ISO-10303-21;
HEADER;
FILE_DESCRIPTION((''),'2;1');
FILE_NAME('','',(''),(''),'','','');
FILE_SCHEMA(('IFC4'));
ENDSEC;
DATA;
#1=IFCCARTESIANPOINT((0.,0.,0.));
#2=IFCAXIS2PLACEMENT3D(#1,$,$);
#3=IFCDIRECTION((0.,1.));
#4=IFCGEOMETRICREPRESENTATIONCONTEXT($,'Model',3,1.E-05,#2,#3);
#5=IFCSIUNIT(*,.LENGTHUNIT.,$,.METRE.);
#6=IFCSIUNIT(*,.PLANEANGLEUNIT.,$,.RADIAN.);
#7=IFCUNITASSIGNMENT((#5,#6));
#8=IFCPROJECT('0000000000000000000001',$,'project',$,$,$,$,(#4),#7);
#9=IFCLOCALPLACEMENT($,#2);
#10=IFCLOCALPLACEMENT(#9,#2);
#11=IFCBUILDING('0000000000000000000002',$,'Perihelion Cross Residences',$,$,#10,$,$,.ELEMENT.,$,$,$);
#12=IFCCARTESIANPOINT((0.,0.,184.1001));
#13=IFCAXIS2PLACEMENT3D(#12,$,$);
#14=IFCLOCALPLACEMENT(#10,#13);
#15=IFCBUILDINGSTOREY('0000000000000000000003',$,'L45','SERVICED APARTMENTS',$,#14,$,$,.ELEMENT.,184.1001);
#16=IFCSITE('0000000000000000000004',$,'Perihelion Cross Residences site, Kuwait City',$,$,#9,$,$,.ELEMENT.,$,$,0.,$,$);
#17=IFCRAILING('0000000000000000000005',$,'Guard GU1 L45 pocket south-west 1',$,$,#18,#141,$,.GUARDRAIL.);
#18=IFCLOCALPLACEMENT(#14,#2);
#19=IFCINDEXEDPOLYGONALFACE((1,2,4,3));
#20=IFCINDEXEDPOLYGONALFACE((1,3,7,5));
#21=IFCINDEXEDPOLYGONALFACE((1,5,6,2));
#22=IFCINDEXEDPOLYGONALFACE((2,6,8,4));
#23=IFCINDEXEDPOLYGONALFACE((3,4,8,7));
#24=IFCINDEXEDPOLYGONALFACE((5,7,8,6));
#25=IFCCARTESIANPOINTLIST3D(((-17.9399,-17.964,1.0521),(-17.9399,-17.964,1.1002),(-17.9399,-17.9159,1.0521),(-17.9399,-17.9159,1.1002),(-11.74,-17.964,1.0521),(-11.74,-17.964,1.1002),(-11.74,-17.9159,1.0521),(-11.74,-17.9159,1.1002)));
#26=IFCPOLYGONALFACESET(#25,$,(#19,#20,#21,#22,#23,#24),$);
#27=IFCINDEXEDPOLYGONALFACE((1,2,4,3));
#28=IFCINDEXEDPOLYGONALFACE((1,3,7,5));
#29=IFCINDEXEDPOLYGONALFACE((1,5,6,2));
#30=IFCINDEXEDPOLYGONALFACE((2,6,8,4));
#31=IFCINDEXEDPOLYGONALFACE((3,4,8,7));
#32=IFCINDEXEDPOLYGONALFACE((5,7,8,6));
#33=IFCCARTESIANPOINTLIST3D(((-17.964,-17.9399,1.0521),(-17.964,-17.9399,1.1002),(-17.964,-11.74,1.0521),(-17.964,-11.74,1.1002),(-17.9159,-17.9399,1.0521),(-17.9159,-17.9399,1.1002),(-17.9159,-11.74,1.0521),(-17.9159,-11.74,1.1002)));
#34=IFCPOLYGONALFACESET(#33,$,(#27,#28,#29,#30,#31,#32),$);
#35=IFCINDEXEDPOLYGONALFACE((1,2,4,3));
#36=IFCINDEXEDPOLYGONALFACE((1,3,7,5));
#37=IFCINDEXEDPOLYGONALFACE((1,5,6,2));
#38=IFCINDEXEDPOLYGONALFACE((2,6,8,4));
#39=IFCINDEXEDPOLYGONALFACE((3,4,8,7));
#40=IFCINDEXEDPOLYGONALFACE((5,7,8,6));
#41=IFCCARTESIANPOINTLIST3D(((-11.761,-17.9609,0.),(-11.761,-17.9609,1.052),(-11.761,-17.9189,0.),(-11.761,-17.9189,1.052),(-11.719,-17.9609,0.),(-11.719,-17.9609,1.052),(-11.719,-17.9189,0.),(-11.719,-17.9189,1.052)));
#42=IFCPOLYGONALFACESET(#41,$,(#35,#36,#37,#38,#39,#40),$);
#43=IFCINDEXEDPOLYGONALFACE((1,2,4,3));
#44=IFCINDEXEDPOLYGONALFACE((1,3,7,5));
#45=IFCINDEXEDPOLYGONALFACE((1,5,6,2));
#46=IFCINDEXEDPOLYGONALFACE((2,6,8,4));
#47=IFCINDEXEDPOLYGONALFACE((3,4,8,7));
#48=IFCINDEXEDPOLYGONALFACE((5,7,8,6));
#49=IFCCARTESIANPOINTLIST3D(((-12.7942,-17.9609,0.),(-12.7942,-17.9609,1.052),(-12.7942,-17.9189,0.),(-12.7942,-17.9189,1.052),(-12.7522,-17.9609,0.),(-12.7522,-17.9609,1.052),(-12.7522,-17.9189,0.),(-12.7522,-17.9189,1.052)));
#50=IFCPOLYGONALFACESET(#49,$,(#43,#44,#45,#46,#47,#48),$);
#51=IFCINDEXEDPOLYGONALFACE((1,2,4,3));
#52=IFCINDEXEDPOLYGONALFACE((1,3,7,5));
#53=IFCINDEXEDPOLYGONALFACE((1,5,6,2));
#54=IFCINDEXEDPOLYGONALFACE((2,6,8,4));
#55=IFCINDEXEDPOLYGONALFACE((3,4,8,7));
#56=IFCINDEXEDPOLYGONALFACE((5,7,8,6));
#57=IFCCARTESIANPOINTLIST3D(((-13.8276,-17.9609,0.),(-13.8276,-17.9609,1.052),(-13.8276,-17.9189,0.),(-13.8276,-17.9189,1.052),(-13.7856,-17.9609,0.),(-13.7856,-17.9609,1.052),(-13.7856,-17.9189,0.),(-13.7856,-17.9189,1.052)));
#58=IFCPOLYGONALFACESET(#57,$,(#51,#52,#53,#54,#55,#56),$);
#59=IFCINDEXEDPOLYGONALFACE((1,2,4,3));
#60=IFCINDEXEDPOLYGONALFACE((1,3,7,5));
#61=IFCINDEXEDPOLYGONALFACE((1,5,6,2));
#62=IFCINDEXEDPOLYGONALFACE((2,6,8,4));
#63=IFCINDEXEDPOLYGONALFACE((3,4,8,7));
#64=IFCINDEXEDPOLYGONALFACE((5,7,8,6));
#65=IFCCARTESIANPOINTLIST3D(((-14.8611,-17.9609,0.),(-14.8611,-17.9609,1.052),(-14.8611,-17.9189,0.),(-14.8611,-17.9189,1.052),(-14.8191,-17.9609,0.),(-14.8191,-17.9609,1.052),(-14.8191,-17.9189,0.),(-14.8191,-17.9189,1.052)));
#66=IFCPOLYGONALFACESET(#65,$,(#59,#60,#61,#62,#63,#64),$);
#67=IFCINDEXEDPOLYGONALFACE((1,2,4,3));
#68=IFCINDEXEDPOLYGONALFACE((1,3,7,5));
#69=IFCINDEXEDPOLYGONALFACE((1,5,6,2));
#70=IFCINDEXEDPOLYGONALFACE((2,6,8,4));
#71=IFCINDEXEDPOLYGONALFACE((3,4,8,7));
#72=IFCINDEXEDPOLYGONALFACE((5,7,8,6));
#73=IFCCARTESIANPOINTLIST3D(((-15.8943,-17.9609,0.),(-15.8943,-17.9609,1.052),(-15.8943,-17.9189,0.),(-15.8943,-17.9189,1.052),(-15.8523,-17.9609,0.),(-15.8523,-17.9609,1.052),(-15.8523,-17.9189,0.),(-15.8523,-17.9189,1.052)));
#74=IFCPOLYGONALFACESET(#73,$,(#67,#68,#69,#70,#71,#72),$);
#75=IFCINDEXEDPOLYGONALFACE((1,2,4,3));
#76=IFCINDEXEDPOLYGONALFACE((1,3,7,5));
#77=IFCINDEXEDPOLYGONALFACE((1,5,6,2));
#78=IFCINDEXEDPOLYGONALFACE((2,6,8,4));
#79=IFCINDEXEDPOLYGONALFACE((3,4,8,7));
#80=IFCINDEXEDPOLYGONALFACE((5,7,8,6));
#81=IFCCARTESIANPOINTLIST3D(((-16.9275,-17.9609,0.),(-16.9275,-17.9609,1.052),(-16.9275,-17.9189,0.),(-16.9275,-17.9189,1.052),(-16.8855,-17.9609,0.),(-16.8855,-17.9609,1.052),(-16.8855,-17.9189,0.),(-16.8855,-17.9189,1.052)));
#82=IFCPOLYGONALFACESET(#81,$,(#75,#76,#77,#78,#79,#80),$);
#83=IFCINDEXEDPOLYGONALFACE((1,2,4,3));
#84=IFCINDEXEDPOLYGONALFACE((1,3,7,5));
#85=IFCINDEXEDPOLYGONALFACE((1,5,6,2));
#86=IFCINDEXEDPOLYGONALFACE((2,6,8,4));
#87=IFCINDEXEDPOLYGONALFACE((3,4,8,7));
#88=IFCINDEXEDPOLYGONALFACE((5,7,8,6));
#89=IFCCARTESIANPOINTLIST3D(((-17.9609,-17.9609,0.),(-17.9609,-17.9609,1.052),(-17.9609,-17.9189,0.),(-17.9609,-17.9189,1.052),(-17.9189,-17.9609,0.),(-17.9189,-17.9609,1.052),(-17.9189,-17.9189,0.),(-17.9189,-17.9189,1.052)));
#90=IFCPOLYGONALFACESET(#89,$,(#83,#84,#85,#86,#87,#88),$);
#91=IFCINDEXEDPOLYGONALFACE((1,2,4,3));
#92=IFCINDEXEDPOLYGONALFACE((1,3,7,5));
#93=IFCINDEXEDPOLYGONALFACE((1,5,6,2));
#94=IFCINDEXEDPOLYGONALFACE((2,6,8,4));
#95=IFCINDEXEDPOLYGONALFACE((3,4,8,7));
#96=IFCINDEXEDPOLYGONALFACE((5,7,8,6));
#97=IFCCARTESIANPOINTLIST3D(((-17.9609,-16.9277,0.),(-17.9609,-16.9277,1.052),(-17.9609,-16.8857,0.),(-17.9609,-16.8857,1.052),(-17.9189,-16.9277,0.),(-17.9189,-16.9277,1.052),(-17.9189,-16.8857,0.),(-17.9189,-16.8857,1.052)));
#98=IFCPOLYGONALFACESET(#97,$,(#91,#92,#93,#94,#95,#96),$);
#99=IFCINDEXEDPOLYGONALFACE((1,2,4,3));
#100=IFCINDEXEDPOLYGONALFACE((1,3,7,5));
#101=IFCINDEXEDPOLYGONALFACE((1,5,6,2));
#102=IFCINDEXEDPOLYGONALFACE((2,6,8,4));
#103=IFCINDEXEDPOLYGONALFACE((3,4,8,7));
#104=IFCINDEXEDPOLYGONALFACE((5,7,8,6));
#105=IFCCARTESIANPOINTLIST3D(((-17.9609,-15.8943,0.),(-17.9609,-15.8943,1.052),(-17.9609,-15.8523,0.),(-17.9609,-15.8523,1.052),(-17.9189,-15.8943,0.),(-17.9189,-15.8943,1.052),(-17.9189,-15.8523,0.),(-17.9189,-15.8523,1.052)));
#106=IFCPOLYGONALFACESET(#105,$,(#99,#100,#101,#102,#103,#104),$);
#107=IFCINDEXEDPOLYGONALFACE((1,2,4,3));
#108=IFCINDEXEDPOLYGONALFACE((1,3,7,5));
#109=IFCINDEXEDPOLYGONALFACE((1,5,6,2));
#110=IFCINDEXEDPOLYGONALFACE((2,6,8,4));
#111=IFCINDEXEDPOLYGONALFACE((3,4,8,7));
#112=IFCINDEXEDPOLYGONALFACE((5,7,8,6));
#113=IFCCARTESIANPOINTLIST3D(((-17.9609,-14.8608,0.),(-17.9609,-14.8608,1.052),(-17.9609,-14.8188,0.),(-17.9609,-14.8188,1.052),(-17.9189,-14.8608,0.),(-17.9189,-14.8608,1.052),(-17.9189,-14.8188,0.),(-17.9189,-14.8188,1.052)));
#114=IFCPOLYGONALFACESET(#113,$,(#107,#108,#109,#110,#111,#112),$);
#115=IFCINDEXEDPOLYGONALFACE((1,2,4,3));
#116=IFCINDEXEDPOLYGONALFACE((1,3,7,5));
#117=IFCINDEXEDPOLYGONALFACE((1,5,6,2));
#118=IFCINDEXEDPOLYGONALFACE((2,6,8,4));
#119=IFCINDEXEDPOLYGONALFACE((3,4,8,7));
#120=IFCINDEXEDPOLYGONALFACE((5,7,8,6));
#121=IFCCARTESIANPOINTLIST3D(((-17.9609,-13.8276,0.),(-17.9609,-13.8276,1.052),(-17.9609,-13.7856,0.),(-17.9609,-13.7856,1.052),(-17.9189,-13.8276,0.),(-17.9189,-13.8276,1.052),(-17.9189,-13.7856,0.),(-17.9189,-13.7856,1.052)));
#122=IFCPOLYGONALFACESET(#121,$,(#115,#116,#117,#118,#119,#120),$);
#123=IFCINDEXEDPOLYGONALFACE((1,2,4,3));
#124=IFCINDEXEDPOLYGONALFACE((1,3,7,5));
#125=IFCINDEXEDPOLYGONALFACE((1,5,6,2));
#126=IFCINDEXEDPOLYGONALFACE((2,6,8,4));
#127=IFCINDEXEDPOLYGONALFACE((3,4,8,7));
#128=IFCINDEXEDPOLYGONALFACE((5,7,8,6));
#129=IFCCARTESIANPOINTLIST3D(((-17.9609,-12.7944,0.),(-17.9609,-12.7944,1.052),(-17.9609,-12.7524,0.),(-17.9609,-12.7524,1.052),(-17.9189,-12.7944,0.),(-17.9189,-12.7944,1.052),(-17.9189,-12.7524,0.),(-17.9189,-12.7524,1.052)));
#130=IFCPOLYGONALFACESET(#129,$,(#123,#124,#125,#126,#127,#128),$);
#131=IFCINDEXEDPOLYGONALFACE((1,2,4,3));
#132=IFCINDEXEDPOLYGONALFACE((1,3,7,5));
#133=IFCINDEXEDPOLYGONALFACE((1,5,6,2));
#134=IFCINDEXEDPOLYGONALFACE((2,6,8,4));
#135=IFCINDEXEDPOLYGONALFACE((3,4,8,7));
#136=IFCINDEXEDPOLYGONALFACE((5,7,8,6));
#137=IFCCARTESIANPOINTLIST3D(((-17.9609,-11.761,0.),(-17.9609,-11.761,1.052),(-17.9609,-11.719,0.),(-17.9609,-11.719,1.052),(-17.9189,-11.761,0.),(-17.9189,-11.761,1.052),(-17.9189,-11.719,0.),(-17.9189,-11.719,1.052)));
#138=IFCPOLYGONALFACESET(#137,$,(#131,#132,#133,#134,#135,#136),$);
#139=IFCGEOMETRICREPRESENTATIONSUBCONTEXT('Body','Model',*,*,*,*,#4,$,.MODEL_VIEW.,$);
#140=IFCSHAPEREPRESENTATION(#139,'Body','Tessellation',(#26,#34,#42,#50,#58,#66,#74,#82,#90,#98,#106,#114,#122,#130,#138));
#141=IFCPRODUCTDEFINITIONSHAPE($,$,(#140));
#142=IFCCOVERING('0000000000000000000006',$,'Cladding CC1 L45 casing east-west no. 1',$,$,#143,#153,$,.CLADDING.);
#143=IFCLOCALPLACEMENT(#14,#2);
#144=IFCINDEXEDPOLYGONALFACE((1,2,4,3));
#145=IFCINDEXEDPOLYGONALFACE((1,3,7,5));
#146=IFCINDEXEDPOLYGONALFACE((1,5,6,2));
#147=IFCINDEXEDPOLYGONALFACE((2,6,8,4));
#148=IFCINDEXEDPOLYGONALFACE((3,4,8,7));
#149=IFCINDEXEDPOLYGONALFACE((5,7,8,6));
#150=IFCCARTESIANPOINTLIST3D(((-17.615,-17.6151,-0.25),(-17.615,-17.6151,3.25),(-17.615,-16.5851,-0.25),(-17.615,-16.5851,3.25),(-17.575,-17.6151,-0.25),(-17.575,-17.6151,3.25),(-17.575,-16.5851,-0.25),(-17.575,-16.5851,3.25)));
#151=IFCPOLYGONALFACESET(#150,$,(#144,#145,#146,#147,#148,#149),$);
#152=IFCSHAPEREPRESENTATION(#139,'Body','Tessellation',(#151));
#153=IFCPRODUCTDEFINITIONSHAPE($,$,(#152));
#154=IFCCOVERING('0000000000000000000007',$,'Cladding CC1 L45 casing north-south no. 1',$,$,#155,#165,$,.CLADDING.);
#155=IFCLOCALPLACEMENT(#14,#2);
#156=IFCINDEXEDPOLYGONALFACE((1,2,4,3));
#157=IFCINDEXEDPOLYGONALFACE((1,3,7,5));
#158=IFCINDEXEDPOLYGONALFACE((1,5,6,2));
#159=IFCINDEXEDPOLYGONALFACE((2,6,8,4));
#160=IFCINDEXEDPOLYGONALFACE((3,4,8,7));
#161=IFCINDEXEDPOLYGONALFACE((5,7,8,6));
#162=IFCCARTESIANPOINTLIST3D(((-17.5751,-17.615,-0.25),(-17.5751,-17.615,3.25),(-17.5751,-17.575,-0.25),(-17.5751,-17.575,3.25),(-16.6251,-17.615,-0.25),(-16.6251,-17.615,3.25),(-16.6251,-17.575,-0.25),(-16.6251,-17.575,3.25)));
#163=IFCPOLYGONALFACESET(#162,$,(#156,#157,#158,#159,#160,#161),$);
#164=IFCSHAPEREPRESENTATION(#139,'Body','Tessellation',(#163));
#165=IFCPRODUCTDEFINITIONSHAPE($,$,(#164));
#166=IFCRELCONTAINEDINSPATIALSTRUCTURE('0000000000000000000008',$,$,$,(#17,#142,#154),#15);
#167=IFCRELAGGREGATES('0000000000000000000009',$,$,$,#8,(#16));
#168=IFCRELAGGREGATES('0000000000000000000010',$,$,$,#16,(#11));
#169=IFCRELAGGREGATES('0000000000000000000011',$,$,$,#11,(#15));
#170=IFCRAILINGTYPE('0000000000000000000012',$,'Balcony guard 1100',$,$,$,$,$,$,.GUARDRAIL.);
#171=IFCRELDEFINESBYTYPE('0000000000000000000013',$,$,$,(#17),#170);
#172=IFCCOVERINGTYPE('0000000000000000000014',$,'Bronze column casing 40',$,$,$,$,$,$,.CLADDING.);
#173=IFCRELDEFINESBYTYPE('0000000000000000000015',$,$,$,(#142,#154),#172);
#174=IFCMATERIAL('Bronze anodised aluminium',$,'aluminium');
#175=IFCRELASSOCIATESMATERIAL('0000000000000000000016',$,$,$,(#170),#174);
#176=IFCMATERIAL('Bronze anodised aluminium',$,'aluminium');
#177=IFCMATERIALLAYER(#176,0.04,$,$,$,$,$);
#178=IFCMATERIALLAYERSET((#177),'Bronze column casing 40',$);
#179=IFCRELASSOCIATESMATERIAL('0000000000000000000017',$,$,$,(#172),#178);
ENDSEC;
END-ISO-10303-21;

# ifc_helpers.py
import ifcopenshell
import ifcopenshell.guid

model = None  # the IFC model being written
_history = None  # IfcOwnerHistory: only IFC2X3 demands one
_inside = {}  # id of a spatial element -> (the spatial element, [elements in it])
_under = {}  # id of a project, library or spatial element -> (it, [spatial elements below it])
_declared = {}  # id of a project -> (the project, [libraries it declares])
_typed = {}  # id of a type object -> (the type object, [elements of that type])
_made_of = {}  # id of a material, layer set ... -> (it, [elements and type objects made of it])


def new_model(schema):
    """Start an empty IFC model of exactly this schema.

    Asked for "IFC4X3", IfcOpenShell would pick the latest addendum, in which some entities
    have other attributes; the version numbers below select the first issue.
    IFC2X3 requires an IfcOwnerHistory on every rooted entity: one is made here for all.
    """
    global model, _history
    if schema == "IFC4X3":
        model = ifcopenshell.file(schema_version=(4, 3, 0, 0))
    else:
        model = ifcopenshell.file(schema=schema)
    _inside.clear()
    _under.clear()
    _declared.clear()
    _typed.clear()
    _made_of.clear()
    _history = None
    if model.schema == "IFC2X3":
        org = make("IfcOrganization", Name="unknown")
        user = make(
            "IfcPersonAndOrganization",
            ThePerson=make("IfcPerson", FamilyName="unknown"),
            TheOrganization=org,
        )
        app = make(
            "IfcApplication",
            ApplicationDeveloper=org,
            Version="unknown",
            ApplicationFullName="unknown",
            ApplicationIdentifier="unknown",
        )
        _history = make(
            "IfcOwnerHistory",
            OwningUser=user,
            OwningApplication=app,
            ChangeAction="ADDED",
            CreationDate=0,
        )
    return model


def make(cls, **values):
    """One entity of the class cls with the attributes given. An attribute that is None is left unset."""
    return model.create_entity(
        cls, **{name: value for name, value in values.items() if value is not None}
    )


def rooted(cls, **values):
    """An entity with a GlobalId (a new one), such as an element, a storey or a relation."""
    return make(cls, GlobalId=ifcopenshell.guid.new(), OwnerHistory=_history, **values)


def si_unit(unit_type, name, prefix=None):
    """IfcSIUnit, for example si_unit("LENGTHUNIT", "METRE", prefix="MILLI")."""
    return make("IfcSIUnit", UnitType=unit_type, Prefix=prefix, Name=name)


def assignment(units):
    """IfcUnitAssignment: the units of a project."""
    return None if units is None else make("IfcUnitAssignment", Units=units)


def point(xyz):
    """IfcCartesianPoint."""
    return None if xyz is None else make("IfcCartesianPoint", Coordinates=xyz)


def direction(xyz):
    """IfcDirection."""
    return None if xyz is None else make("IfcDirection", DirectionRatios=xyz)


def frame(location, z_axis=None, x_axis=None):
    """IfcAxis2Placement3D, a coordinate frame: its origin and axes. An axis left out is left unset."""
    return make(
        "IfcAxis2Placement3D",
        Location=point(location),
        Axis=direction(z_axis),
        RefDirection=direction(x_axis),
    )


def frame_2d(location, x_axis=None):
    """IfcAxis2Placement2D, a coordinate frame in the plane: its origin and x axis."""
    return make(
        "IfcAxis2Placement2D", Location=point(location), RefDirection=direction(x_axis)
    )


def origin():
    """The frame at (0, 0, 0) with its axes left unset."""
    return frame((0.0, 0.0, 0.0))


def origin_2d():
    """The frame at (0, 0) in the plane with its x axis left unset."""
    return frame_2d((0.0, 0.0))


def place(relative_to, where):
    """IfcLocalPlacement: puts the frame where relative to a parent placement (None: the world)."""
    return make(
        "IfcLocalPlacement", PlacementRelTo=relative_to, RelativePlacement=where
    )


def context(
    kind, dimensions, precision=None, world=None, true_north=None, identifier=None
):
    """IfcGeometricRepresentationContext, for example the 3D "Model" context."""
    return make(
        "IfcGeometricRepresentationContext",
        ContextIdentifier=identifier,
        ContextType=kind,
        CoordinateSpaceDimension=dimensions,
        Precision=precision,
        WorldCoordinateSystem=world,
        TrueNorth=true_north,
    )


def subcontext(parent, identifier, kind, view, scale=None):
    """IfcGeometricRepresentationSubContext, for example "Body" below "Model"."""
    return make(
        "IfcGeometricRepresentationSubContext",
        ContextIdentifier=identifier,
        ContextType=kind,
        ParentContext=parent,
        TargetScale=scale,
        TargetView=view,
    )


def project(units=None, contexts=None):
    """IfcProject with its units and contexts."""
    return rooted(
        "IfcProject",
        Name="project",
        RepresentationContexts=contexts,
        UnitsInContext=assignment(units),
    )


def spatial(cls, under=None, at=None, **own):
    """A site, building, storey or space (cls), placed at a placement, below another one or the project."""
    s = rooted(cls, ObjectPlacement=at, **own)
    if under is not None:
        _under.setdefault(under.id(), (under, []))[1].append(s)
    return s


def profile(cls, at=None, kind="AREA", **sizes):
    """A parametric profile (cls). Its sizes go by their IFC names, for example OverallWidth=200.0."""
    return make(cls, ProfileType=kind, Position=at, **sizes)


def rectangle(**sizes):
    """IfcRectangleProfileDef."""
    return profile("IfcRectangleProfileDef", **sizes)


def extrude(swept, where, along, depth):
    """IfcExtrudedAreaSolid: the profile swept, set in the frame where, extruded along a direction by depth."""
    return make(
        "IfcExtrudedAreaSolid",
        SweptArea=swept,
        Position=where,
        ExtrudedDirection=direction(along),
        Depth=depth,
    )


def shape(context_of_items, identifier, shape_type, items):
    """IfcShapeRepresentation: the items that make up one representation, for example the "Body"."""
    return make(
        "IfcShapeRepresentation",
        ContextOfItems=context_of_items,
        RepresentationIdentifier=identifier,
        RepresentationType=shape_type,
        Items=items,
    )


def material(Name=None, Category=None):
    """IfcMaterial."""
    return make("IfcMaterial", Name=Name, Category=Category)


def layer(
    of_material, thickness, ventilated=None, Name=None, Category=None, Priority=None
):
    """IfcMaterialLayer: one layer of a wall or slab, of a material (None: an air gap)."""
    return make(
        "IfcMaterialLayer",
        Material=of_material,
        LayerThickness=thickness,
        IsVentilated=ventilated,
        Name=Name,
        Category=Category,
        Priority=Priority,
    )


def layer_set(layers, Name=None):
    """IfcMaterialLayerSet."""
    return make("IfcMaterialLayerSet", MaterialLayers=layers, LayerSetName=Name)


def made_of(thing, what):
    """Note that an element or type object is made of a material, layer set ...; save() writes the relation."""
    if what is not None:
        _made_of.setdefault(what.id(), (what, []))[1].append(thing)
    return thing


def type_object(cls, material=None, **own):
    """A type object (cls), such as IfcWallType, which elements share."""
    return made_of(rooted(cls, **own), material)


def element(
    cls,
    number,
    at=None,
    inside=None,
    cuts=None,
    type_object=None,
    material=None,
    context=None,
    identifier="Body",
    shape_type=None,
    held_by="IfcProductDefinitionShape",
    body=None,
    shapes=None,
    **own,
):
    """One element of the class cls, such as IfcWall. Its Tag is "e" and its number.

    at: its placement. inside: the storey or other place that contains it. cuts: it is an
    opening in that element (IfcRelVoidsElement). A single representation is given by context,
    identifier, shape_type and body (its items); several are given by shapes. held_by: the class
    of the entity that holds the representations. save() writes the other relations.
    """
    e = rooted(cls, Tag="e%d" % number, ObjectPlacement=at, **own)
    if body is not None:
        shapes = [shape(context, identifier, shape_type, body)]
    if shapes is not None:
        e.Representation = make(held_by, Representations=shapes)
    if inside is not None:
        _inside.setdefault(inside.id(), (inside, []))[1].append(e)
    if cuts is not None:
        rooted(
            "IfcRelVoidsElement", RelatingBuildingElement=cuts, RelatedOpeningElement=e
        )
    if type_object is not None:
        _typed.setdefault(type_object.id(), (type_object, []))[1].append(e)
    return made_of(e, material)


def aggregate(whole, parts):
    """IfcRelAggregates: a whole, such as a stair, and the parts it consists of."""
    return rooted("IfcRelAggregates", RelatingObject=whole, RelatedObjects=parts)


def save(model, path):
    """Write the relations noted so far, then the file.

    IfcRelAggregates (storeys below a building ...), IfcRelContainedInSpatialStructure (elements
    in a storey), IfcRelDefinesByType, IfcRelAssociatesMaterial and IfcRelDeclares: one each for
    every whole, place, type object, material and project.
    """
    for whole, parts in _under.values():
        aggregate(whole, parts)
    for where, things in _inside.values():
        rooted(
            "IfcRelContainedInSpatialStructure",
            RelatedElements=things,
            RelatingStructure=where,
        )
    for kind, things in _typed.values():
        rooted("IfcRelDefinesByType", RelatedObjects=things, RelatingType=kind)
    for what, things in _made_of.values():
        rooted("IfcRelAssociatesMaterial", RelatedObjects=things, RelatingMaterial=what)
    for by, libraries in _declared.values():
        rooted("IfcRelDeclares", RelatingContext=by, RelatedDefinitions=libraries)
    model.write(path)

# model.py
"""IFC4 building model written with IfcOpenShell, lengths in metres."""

from ifc_helpers import new_model, si_unit, direction, frame, origin, origin_2d, place, context, subcontext, project, spatial, rectangle, extrude, material, layer, layer_set, type_object, element, save


model = new_model("IFC4")

# Units and contexts
model_context = context("Model", 3, precision=1e-05, world=origin(), true_north=direction((0.0, 1.0)))
body_context = subcontext(model_context, "Body", "Model", "MODEL_VIEW")
ifc_project = project(units=[si_unit("LENGTHUNIT", "METRE"), si_unit("PLANEANGLEUNIT", "RADIAN")], contexts=[model_context])

# Site, building, storey
site_placement = place(None, origin())
site = spatial("IfcSite", under=ifc_project, at=site_placement, Name="Perihelion Cross Residences site, Kuwait City", CompositionType="ELEMENT", RefElevation=0.0)
building_placement = place(site_placement, origin())
building = spatial("IfcBuilding", under=site, at=building_placement, Name="Perihelion Cross Residences", CompositionType="ELEMENT")
storey_placement = place(building_placement, frame((0.0, 0.0, 184.1001)))
storey = spatial("IfcBuildingStorey", under=building, at=storey_placement, Name="L45", Description="SERVICED APARTMENTS", CompositionType="ELEMENT", Elevation=184.1001)

# Railing
ifc_material_1 = material(Name="Bronze anodised aluminium", Category="aluminium")
railing_type = type_object("IfcRailingType", Name="Balcony guard 1100", PredefinedType="GUARDRAIL", material=ifc_material_1)
railing_placement = place(storey_placement, frame((-11.74, -17.9399, 0.0)))
element("IfcRailing", 1, at=railing_placement, inside=storey, type_object=railing_type, Name="Guard GU1 L45 pocket south-west 1", PredefinedType="GUARDRAIL", context=body_context, shape_type="SweptSolid", body=[
    extrude(rectangle(XDim=0.0481, YDim=0.0481, at=origin_2d()), frame((0.0, 0.0, 1.0762), z_axis=(-1.0, 0.0, 0.0), x_axis=(0.0, -1.0, 0.0)), (0.0, 0.0, 1.0), 6.2),
    extrude(rectangle(XDim=0.0481, YDim=0.0481, at=origin_2d()), frame((-6.2, 0.0, 1.0762), z_axis=(0.0, 1.0, 0.0), x_axis=(-1.0, 0.0, 0.0)), (0.0, 0.0, 1.0), 6.2),
    extrude(rectangle(XDim=0.042, YDim=0.042, at=origin_2d()), origin(), (0.0, 0.0, 1.0), 1.052),
    extrude(rectangle(XDim=0.042, YDim=0.042, at=origin_2d()), frame((-1.0332, 0.0, 0.0)), (0.0, 0.0, 1.0), 1.052),
    extrude(rectangle(XDim=0.042, YDim=0.042, at=origin_2d()), frame((-2.0667, 0.0, 0.0)), (0.0, 0.0, 1.0), 1.052),
    extrude(rectangle(XDim=0.042, YDim=0.042, at=origin_2d()), frame((-3.1001, 0.0, 0.0)), (0.0, 0.0, 1.0), 1.052),
    extrude(rectangle(XDim=0.042, YDim=0.042, at=origin_2d()), frame((-4.1333, 0.0, 0.0)), (0.0, 0.0, 1.0), 1.052),
    extrude(rectangle(XDim=0.042, YDim=0.042, at=origin_2d()), frame((-5.1665, 0.0, 0.0)), (0.0, 0.0, 1.0), 1.052),
    extrude(rectangle(XDim=0.042, YDim=0.042, at=origin_2d()), frame((-6.2, 0.0, 0.0)), (0.0, 0.0, 1.0), 1.052),
    extrude(rectangle(XDim=0.042, YDim=0.042, at=origin_2d()), frame((-6.2, 1.0332, 0.0)), (0.0, 0.0, 1.0), 1.052),
    extrude(rectangle(XDim=0.042, YDim=0.042, at=origin_2d()), frame((-6.2, 2.0667, 0.0)), (0.0, 0.0, 1.0), 1.052),
    extrude(rectangle(XDim=0.042, YDim=0.042, at=origin_2d()), frame((-6.2, 3.1001, 0.0)), (0.0, 0.0, 1.0), 1.052),
    extrude(rectangle(XDim=0.042, YDim=0.042, at=origin_2d()), frame((-6.2, 4.1333, 0.0)), (0.0, 0.0, 1.0), 1.052),
    extrude(rectangle(XDim=0.042, YDim=0.042, at=origin_2d()), frame((-6.2, 5.1665, 0.0)), (0.0, 0.0, 1.0), 1.052),
    extrude(rectangle(XDim=0.042, YDim=0.042, at=origin_2d()), frame((-6.2, 6.2, 0.0)), (0.0, 0.0, 1.0), 1.052),
])

# Coverings
ifc_material_2 = material(Name="Bronze anodised aluminium", Category="aluminium")
ifc_layer_1 = layer(ifc_material_2, 0.04)
ifc_layer_set_1 = layer_set([ifc_layer_1], Name="Bronze column casing 40")
covering_type = type_object("IfcCoveringType", Name="Bronze column casing 40", PredefinedType="CLADDING", material=ifc_layer_set_1)
covering_1_placement = place(storey_placement, frame((-17.595, -17.1001, -0.25), z_axis=(0.0, 0.0, 1.0), x_axis=(1.0, 0.0, 0.0)))
element("IfcCovering", 2, at=covering_1_placement, inside=storey, type_object=covering_type, Name="Cladding CC1 L45 casing east-west no. 1", PredefinedType="CLADDING", context=body_context, shape_type="SweptSolid", body=[
    extrude(rectangle(XDim=0.04, YDim=1.03, at=origin_2d()), origin(), (0.0, 0.0, 1.0), 3.5),
])
covering_2_placement = place(storey_placement, frame((-17.1001, -17.595, -0.25), z_axis=(0.0, 0.0, 1.0), x_axis=(1.0, 0.0, 0.0)))
element("IfcCovering", 3, at=covering_2_placement, inside=storey, type_object=covering_type, Name="Cladding CC1 L45 casing north-south no. 1", PredefinedType="CLADDING", context=body_context, shape_type="SweptSolid", body=[
    extrude(rectangle(XDim=0.95, YDim=0.04, at=origin_2d()), origin(), (0.0, 0.0, 1.0), 3.5),
])

save(model, "model.ifc")
